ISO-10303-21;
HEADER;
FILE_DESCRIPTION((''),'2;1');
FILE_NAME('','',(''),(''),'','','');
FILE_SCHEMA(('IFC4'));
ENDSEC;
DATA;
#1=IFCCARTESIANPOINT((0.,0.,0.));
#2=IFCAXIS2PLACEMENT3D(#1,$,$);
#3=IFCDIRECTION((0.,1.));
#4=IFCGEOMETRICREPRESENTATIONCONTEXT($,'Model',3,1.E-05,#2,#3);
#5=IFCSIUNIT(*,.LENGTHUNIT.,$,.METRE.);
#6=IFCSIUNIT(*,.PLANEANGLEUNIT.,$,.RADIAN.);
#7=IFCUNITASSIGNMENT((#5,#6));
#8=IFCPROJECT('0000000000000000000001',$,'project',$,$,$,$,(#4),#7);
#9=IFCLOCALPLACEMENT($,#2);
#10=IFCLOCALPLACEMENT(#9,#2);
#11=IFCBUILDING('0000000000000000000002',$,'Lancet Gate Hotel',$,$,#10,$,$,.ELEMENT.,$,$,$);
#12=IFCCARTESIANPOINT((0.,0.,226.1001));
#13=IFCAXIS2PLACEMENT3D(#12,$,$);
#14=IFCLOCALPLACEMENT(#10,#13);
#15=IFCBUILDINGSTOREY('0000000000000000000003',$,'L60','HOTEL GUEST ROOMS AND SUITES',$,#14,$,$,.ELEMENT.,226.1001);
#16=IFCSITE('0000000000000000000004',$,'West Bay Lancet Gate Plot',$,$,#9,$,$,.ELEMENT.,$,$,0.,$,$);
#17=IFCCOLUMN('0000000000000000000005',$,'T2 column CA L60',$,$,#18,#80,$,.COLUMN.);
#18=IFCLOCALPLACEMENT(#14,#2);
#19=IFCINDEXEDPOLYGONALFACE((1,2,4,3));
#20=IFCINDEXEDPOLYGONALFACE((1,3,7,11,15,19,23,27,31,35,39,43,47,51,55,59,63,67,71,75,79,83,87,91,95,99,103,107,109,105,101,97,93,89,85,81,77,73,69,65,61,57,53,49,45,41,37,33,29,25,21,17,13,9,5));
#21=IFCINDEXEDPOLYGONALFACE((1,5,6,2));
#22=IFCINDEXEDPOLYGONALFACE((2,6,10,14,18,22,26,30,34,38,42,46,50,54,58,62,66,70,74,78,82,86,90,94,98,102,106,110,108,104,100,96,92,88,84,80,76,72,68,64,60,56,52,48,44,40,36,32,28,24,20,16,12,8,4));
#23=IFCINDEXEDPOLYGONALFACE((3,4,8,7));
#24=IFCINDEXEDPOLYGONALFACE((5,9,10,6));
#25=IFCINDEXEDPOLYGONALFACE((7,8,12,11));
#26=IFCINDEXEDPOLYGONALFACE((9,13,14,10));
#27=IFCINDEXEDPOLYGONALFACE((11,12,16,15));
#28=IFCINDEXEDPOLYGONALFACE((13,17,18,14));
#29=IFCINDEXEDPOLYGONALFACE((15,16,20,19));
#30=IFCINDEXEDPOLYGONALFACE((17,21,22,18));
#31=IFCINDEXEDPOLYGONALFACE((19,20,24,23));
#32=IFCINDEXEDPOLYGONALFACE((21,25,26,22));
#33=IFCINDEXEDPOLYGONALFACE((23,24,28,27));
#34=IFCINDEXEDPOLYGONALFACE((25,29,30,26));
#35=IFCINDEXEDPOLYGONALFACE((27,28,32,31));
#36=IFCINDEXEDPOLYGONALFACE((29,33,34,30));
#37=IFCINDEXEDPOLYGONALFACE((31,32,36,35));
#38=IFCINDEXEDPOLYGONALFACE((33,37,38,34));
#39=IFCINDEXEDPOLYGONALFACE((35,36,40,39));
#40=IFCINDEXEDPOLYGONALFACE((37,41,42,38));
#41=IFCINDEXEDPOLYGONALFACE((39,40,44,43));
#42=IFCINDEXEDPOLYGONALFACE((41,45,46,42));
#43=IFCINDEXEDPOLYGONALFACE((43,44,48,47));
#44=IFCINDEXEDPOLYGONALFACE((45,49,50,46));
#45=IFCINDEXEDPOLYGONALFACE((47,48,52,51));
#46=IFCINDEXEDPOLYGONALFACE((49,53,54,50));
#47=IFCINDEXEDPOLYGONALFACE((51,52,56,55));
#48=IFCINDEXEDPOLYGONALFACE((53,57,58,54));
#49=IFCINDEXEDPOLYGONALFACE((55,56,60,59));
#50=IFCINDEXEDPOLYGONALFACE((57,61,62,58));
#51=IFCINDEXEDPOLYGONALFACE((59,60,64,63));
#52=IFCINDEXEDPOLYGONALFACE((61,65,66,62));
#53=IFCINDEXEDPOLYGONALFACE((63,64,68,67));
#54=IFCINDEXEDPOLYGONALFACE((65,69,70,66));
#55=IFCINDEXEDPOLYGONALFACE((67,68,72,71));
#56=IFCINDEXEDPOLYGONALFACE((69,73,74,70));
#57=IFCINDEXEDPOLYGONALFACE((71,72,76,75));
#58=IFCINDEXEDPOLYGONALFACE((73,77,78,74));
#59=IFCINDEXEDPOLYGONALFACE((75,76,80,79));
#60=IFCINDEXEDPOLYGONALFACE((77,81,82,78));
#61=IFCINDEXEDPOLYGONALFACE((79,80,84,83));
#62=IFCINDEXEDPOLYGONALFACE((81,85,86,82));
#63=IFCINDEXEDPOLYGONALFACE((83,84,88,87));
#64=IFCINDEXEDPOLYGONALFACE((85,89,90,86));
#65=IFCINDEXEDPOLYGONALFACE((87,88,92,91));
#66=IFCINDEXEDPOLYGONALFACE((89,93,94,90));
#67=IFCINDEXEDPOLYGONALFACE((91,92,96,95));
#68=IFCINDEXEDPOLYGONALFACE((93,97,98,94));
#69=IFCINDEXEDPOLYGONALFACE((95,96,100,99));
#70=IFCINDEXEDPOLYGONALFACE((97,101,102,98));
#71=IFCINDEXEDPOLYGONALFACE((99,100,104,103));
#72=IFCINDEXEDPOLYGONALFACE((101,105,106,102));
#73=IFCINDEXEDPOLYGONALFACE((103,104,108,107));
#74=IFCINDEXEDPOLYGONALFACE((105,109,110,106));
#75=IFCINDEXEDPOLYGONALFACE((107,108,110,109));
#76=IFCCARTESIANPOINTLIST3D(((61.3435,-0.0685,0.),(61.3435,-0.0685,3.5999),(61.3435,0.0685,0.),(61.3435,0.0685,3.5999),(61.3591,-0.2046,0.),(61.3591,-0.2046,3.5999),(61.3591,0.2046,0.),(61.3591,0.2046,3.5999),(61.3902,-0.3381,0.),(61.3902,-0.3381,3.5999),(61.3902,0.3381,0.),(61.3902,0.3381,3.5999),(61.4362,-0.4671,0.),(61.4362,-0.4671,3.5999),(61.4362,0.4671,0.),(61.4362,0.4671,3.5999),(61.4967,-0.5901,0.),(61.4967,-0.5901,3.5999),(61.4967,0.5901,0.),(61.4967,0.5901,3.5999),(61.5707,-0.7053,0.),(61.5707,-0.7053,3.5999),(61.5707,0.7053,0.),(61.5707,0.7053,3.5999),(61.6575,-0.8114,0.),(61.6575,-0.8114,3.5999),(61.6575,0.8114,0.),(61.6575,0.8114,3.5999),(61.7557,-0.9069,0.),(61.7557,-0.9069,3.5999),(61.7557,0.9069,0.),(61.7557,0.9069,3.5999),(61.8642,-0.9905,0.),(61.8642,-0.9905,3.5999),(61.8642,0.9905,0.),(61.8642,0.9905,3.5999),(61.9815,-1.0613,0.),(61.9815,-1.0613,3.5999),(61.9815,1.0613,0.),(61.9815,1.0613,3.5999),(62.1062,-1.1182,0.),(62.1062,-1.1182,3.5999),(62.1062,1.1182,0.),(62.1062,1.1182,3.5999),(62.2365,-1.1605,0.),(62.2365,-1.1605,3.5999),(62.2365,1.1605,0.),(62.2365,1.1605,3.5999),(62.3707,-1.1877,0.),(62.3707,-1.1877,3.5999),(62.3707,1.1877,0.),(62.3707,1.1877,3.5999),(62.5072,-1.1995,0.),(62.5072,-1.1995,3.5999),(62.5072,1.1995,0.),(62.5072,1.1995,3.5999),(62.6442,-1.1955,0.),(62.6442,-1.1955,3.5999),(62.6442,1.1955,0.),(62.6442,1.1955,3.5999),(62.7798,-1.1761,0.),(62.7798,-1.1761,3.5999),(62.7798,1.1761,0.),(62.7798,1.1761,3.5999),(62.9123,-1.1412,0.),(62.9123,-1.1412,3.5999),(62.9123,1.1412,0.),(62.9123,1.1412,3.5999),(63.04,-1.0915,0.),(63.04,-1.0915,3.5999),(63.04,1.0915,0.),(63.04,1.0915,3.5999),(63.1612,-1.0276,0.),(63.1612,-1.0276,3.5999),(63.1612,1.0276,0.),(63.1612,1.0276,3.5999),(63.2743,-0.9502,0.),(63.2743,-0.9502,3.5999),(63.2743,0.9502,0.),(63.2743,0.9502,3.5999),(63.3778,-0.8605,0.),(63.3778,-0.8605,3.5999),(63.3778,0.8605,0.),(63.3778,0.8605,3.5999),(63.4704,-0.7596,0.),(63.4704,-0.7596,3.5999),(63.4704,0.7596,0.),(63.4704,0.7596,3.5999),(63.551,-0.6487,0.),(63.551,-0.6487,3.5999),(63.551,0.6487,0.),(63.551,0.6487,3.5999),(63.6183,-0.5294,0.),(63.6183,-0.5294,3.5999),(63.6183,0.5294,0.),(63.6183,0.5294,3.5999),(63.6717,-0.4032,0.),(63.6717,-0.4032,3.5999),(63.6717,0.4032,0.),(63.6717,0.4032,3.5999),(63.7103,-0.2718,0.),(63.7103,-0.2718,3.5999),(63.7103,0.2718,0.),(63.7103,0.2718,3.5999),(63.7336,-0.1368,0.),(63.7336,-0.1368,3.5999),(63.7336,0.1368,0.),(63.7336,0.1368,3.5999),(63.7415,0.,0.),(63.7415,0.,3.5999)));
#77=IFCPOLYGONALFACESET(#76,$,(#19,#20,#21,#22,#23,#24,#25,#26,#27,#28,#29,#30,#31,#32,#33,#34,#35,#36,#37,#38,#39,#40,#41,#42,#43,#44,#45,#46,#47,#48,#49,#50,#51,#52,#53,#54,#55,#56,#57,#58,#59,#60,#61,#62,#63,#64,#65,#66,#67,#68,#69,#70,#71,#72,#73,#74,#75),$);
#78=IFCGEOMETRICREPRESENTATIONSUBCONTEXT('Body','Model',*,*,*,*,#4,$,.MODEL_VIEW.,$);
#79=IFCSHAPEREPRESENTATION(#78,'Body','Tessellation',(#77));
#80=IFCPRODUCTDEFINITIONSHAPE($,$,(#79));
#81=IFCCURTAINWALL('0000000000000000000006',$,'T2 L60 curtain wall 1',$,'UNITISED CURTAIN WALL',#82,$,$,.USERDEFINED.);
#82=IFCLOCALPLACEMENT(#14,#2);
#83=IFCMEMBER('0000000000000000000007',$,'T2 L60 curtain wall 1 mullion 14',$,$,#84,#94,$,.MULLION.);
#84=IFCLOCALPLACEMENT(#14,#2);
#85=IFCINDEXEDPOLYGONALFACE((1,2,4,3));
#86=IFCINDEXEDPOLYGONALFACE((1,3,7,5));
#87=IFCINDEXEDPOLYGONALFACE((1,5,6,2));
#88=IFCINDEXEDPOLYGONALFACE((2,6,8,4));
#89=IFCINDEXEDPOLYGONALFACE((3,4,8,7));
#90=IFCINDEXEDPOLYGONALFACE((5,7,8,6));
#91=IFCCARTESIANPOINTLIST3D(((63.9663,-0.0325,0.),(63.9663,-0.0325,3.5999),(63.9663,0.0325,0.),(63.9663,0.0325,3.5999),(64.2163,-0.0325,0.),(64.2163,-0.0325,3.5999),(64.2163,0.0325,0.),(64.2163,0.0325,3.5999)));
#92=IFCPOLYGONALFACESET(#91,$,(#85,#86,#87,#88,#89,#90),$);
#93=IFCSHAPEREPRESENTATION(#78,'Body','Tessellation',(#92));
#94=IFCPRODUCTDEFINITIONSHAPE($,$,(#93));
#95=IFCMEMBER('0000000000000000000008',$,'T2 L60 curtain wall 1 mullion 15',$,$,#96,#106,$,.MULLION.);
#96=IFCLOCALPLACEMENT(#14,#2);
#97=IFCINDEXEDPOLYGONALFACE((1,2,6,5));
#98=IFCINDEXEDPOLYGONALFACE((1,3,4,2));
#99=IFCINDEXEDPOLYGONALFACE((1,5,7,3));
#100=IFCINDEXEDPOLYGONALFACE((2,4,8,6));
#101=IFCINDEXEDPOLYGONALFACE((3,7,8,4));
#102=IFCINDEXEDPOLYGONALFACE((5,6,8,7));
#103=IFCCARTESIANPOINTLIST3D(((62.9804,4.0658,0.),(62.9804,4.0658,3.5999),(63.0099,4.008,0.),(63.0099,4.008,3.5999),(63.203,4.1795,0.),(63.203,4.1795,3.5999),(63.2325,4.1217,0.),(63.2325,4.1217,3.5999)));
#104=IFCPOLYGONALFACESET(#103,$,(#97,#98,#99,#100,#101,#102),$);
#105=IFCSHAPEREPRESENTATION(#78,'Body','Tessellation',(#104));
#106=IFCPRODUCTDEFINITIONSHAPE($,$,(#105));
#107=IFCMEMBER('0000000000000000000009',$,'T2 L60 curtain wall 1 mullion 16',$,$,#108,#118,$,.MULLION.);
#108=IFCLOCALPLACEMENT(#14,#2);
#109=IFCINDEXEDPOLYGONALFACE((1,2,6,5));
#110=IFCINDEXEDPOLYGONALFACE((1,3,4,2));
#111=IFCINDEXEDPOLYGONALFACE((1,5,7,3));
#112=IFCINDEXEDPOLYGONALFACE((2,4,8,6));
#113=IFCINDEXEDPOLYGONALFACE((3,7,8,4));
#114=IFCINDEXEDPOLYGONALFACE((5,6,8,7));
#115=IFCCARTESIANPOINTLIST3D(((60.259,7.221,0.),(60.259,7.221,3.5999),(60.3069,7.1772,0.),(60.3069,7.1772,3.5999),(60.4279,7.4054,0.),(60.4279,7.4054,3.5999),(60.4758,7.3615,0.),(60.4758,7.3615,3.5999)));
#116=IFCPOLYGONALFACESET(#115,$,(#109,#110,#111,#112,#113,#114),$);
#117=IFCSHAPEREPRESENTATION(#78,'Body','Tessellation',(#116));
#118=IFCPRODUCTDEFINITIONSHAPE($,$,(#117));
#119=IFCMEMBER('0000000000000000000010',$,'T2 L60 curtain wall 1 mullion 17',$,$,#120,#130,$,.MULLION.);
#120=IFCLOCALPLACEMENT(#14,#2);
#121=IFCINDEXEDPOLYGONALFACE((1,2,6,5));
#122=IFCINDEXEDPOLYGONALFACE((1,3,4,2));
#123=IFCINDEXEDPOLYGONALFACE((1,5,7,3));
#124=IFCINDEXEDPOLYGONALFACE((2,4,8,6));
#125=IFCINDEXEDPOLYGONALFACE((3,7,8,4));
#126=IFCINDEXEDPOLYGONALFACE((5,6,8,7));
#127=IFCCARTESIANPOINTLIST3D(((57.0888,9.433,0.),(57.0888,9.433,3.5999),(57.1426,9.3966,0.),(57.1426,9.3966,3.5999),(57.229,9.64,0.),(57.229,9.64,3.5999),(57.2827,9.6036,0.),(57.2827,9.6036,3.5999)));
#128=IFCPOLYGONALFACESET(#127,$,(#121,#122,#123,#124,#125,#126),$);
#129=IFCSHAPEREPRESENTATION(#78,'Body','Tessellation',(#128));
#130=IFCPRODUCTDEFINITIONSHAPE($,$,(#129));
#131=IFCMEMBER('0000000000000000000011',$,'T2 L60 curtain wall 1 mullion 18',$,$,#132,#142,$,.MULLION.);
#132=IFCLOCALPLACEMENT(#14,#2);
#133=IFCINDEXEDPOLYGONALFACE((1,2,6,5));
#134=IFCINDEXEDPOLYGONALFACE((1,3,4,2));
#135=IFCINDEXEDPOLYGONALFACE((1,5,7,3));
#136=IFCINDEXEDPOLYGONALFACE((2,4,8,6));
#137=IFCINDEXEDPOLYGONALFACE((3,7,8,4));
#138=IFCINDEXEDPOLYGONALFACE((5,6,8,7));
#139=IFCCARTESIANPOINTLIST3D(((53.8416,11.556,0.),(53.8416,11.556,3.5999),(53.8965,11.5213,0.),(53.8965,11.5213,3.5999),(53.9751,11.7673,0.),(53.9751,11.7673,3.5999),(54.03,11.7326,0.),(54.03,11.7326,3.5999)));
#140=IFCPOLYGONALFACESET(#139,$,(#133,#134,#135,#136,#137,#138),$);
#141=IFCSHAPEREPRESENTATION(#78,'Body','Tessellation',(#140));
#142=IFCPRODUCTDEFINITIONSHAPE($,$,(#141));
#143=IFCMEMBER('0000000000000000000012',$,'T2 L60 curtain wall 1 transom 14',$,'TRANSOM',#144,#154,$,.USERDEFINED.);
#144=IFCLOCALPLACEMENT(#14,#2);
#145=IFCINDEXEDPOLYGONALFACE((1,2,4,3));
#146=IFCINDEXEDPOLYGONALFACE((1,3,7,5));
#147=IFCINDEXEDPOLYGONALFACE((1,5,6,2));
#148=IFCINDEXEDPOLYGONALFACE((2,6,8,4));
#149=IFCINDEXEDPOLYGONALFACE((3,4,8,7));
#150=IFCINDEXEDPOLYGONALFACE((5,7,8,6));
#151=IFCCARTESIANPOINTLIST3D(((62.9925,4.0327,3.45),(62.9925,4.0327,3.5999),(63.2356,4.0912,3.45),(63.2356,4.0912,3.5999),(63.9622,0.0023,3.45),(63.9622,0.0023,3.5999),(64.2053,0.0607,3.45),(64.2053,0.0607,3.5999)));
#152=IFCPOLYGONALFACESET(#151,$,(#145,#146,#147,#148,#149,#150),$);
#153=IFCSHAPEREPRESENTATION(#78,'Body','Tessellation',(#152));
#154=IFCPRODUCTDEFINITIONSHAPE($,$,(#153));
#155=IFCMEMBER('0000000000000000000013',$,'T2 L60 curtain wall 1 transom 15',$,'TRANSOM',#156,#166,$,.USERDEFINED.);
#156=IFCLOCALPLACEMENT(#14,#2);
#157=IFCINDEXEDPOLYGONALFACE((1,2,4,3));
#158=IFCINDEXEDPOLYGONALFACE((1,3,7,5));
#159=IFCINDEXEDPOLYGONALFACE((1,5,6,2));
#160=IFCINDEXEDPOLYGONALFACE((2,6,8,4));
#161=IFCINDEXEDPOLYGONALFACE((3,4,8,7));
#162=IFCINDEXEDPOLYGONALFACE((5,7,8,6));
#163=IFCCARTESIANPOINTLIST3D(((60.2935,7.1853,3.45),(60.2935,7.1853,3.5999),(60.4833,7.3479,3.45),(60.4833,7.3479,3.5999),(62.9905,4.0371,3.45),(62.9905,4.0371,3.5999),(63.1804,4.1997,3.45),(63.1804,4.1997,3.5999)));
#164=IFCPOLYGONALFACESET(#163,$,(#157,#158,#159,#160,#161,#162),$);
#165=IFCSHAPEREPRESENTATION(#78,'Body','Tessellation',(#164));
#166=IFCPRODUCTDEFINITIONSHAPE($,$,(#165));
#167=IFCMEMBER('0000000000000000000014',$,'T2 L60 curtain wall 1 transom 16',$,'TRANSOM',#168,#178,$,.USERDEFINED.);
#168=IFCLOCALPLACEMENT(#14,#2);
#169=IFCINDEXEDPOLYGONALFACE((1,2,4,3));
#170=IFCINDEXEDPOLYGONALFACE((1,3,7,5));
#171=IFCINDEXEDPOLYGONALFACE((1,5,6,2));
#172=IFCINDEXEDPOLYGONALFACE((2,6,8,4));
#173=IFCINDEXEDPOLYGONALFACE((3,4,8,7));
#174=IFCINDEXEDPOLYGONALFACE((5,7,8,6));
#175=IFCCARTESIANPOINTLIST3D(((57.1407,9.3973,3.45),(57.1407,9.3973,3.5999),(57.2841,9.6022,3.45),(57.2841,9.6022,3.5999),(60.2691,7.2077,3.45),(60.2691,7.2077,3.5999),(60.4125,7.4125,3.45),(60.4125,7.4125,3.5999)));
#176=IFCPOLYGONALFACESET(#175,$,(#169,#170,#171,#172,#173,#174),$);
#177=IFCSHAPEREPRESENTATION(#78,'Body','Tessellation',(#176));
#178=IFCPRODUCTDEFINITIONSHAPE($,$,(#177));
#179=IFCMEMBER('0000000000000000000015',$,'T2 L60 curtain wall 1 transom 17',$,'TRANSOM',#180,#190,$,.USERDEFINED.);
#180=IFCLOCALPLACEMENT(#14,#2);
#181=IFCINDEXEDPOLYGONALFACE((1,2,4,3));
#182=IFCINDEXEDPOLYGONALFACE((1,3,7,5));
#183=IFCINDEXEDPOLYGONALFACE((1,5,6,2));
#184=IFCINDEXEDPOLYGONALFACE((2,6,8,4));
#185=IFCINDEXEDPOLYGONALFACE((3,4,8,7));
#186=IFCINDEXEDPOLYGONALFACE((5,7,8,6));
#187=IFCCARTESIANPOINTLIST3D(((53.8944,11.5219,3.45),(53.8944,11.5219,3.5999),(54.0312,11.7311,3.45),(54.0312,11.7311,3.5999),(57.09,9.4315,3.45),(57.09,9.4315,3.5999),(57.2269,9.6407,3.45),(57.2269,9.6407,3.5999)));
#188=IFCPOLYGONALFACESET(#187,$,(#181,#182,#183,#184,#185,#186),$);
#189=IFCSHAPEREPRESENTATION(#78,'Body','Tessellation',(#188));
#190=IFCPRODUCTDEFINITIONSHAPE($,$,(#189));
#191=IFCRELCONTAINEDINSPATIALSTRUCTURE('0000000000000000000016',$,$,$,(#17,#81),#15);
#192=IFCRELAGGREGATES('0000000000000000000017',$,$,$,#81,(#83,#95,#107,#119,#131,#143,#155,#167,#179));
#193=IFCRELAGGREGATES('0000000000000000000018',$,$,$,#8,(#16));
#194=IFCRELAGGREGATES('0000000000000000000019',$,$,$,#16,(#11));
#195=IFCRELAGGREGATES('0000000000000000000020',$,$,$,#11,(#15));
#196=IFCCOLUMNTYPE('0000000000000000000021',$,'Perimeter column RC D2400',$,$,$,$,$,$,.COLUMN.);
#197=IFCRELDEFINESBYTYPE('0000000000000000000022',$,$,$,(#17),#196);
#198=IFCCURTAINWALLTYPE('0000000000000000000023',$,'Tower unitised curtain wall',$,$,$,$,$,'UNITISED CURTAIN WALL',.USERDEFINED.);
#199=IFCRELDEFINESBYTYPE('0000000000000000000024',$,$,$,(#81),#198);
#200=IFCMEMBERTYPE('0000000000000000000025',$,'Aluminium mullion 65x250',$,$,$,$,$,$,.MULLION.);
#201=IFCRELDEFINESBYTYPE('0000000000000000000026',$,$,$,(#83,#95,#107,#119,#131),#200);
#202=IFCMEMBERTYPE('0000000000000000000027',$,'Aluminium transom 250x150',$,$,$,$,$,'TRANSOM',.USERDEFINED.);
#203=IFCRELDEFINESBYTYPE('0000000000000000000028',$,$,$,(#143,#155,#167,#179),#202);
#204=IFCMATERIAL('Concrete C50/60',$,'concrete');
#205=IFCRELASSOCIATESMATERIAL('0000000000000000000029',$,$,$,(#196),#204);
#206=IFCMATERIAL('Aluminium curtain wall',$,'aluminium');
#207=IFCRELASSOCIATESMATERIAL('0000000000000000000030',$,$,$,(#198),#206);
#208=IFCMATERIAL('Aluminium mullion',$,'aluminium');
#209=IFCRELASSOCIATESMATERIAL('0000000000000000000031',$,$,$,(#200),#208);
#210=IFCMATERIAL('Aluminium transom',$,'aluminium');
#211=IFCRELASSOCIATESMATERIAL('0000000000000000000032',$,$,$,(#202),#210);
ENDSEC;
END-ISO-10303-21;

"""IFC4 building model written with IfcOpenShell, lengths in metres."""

from ifc_helpers import new_model, si_unit, direction, frame, origin, origin_2d, place, context, subcontext, project, spatial, rectangle, circle, extrude, material, material_profile, profile_set, type_object, element, aggregate, save


model = new_model("IFC4")

# Units and contexts
model_context = context("Model", 3, precision=1e-05, world=origin(), true_north=direction((0.0, 1.0)))
body_context = subcontext(model_context, "Body", "Model", "MODEL_VIEW")
ifc_project = project(units=[si_unit("LENGTHUNIT", "METRE"), si_unit("PLANEANGLEUNIT", "RADIAN")], contexts=[model_context])

# Site, building, storey
site_placement = place(None, origin())
site = spatial("IfcSite", under=ifc_project, at=site_placement, Name="West Bay Lancet Gate Plot", CompositionType="ELEMENT", RefElevation=0.0)
building_placement = place(site_placement, origin())
building = spatial("IfcBuilding", under=site, at=building_placement, Name="Lancet Gate Hotel", CompositionType="ELEMENT")
storey_placement = place(building_placement, frame((0.0, 0.0, 226.1001)))
storey = spatial("IfcBuildingStorey", under=building, at=storey_placement, Name="L60", Description="HOTEL GUEST ROOMS AND SUITES", CompositionType="ELEMENT", Elevation=226.1001)

# Column
ifc_material_1 = material(Name="Concrete C50/60", Category="concrete")
ifc_material_profile_1 = material_profile(ifc_material_1, circle(Radius=1.2, at=origin_2d()), Name="RC D2400")
ifc_profile_set_1 = profile_set([ifc_material_profile_1], Name="Concrete C50/60")
column_type = type_object("IfcColumnType", Name="Perimeter column RC D2400", PredefinedType="COLUMN", material=ifc_profile_set_1)
column_placement = place(storey_placement, frame((62.5415, 0.0, 0.0), z_axis=(0.0, 0.0, 1.0), x_axis=(1.0, 0.0, 0.0)))
element("IfcColumn", 1, at=column_placement, inside=storey, type_object=column_type, Name="T2 column CA L60", PredefinedType="COLUMN", context=body_context, shape_type="SweptSolid", body=[
    extrude(circle(Radius=1.2, at=origin_2d()), origin(), (0.0, 0.0, 1.0), 3.5999),
])

# Curtain wall, members
ifc_material_2 = material(Name="Aluminium curtain wall", Category="aluminium")
curtain_wall_type = type_object("IfcCurtainWallType", Name="Tower unitised curtain wall", ElementType="UNITISED CURTAIN WALL", PredefinedType="USERDEFINED", material=ifc_material_2)
curtain_wall_placement = place(storey_placement, origin())
curtain_wall = element("IfcCurtainWall", 2, at=curtain_wall_placement, inside=storey, type_object=curtain_wall_type, Name="T2 L60 curtain wall 1", ObjectType="UNITISED CURTAIN WALL", PredefinedType="USERDEFINED")
ifc_material_3 = material(Name="Aluminium mullion", Category="aluminium")
ifc_material_profile_2 = material_profile(ifc_material_3, rectangle(XDim=0.0649, YDim=0.25, at=origin_2d()), Name="MULLION 65x250")
ifc_profile_set_2 = profile_set([ifc_material_profile_2], Name="Aluminium mullion")
member_type_1 = type_object("IfcMemberType", Name="Aluminium mullion 65x250", PredefinedType="MULLION", material=ifc_profile_set_2)
member_1_placement = place(storey_placement, frame((64.0913, 0.0, 0.0), z_axis=(0.0, 0.0, 1.0), x_axis=(0.0, 1.0, 0.0)))
member_1 = element("IfcMember", 3, at=member_1_placement, type_object=member_type_1, Name="T2 L60 curtain wall 1 mullion 14", PredefinedType="MULLION", context=body_context, shape_type="SweptSolid", body=[
    extrude(rectangle(XDim=0.0649, YDim=0.25, at=origin_2d()), origin(), (0.0, 0.0, 1.0), 3.5999),
])
member_2_placement = place(storey_placement, frame((63.1064, 4.0938, 0.0), z_axis=(0.0, 0.0, 1.0), x_axis=(-0.454853, 0.890567, 0.0)))
member_2 = element("IfcMember", 4, at=member_2_placement, type_object=member_type_1, Name="T2 L60 curtain wall 1 mullion 15", PredefinedType="MULLION", context=body_context, shape_type="SweptSolid", body=[
    extrude(rectangle(XDim=0.0649, YDim=0.25, at=origin_2d()), origin(), (0.0, 0.0, 1.0), 3.5999),
])
member_3_placement = place(storey_placement, frame((60.3674, 7.2913, 0.0), z_axis=(0.0, 0.0, 1.0), x_axis=(-0.737323, 0.67554, 0.0)))
member_3 = element("IfcMember", 5, at=member_3_placement, type_object=member_type_1, Name="T2 L60 curtain wall 1 mullion 16", PredefinedType="MULLION", context=body_context, shape_type="SweptSolid", body=[
    extrude(rectangle(XDim=0.0649, YDim=0.25, at=origin_2d()), origin(), (0.0, 0.0, 1.0), 3.5999),
])
member_4_placement = place(storey_placement, frame((57.1858, 9.5183, 0.0), z_axis=(0.0, 0.0, 1.0), x_axis=(-0.828155, 0.5605, 0.0)))
member_4 = element("IfcMember", 6, at=member_4_placement, type_object=member_type_1, Name="T2 L60 curtain wall 1 mullion 17", PredefinedType="MULLION", context=body_context, shape_type="SweptSolid", body=[
    extrude(rectangle(XDim=0.0649, YDim=0.25, at=origin_2d()), origin(), (0.0, 0.0, 1.0), 3.5999),
])
member_5_placement = place(storey_placement, frame((53.9358, 11.6443, 0.0), z_axis=(0.0, 0.0, 1.0), x_axis=(-0.84534, 0.534229, 0.0)))
member_5 = element("IfcMember", 7, at=member_5_placement, type_object=member_type_1, Name="T2 L60 curtain wall 1 mullion 18", PredefinedType="MULLION", context=body_context, shape_type="SweptSolid", body=[
    extrude(rectangle(XDim=0.0649, YDim=0.25, at=origin_2d()), origin(), (0.0, 0.0, 1.0), 3.5999),
])
ifc_material_4 = material(Name="Aluminium transom", Category="aluminium")
ifc_material_profile_3 = material_profile(ifc_material_4, rectangle(XDim=0.25, YDim=0.1499, at=origin_2d()), Name="TRANSOM 250x150")
ifc_profile_set_3 = profile_set([ifc_material_profile_3], Name="Aluminium transom")
member_type_2 = type_object("IfcMemberType", Name="Aluminium transom 250x150", ElementType="TRANSOM", PredefinedType="USERDEFINED", material=ifc_profile_set_3)
member_6_placement = place(storey_placement, frame((64.0837, 0.0315, 3.5249), z_axis=(-0.233921, 0.972256, 0.0), x_axis=(-0.972256, -0.233921, 0.0)))
member_6 = element("IfcMember", 8, at=member_6_placement, type_object=member_type_2, Name="T2 L60 curtain wall 1 transom 14", ObjectType="TRANSOM", PredefinedType="USERDEFINED", context=body_context, shape_type="SweptSolid", body=[
    extrude(rectangle(XDim=0.25, YDim=0.1499, at=origin_2d()), origin(), (0.0, 0.0, 1.0), 4.1455),
])
member_7_placement = place(storey_placement, frame((63.0854, 4.1184, 3.5249), z_axis=(-0.650593, 0.759427, 0.0), x_axis=(-0.759427, -0.650593, 0.0)))
member_7 = element("IfcMember", 9, at=member_7_placement, type_object=member_type_2, Name="T2 L60 curtain wall 1 transom 15", ObjectType="TRANSOM", PredefinedType="USERDEFINED", context=body_context, shape_type="SweptSolid", body=[
    extrude(rectangle(XDim=0.25, YDim=0.1499, at=origin_2d()), origin(), (0.0, 0.0, 1.0), 4.1455),
])
member_8_placement = place(storey_placement, frame((60.3408, 7.3101, 3.5249), z_axis=(-0.819256, 0.573428, 0.0), x_axis=(-0.573428, -0.819256, 0.0)))
member_8 = element("IfcMember", 10, at=member_8_placement, type_object=member_type_2, Name="T2 L60 curtain wall 1 transom 16", ObjectType="TRANSOM", PredefinedType="USERDEFINED", context=body_context, shape_type="SweptSolid", body=[
    extrude(rectangle(XDim=0.25, YDim=0.1499, at=origin_2d()), origin(), (0.0, 0.0, 1.0), 3.8186),
])
member_9_placement = place(storey_placement, frame((57.1584, 9.5361, 3.5249), z_axis=(-0.836858, 0.54742, 0.0), x_axis=(-0.54742, -0.836858, 0.0)))
member_9 = element("IfcMember", 11, at=member_9_placement, type_object=member_type_2, Name="T2 L60 curtain wall 1 transom 17", ObjectType="TRANSOM", PredefinedType="USERDEFINED", context=body_context, shape_type="SweptSolid", body=[
    extrude(rectangle(XDim=0.25, YDim=0.1499, at=origin_2d()), origin(), (0.0, 0.0, 1.0), 3.8186),
])

aggregate(curtain_wall, [member_1, member_2, member_3, member_4, member_5, member_6, member_7, member_8, member_9])

save(model, "model.ifc")
